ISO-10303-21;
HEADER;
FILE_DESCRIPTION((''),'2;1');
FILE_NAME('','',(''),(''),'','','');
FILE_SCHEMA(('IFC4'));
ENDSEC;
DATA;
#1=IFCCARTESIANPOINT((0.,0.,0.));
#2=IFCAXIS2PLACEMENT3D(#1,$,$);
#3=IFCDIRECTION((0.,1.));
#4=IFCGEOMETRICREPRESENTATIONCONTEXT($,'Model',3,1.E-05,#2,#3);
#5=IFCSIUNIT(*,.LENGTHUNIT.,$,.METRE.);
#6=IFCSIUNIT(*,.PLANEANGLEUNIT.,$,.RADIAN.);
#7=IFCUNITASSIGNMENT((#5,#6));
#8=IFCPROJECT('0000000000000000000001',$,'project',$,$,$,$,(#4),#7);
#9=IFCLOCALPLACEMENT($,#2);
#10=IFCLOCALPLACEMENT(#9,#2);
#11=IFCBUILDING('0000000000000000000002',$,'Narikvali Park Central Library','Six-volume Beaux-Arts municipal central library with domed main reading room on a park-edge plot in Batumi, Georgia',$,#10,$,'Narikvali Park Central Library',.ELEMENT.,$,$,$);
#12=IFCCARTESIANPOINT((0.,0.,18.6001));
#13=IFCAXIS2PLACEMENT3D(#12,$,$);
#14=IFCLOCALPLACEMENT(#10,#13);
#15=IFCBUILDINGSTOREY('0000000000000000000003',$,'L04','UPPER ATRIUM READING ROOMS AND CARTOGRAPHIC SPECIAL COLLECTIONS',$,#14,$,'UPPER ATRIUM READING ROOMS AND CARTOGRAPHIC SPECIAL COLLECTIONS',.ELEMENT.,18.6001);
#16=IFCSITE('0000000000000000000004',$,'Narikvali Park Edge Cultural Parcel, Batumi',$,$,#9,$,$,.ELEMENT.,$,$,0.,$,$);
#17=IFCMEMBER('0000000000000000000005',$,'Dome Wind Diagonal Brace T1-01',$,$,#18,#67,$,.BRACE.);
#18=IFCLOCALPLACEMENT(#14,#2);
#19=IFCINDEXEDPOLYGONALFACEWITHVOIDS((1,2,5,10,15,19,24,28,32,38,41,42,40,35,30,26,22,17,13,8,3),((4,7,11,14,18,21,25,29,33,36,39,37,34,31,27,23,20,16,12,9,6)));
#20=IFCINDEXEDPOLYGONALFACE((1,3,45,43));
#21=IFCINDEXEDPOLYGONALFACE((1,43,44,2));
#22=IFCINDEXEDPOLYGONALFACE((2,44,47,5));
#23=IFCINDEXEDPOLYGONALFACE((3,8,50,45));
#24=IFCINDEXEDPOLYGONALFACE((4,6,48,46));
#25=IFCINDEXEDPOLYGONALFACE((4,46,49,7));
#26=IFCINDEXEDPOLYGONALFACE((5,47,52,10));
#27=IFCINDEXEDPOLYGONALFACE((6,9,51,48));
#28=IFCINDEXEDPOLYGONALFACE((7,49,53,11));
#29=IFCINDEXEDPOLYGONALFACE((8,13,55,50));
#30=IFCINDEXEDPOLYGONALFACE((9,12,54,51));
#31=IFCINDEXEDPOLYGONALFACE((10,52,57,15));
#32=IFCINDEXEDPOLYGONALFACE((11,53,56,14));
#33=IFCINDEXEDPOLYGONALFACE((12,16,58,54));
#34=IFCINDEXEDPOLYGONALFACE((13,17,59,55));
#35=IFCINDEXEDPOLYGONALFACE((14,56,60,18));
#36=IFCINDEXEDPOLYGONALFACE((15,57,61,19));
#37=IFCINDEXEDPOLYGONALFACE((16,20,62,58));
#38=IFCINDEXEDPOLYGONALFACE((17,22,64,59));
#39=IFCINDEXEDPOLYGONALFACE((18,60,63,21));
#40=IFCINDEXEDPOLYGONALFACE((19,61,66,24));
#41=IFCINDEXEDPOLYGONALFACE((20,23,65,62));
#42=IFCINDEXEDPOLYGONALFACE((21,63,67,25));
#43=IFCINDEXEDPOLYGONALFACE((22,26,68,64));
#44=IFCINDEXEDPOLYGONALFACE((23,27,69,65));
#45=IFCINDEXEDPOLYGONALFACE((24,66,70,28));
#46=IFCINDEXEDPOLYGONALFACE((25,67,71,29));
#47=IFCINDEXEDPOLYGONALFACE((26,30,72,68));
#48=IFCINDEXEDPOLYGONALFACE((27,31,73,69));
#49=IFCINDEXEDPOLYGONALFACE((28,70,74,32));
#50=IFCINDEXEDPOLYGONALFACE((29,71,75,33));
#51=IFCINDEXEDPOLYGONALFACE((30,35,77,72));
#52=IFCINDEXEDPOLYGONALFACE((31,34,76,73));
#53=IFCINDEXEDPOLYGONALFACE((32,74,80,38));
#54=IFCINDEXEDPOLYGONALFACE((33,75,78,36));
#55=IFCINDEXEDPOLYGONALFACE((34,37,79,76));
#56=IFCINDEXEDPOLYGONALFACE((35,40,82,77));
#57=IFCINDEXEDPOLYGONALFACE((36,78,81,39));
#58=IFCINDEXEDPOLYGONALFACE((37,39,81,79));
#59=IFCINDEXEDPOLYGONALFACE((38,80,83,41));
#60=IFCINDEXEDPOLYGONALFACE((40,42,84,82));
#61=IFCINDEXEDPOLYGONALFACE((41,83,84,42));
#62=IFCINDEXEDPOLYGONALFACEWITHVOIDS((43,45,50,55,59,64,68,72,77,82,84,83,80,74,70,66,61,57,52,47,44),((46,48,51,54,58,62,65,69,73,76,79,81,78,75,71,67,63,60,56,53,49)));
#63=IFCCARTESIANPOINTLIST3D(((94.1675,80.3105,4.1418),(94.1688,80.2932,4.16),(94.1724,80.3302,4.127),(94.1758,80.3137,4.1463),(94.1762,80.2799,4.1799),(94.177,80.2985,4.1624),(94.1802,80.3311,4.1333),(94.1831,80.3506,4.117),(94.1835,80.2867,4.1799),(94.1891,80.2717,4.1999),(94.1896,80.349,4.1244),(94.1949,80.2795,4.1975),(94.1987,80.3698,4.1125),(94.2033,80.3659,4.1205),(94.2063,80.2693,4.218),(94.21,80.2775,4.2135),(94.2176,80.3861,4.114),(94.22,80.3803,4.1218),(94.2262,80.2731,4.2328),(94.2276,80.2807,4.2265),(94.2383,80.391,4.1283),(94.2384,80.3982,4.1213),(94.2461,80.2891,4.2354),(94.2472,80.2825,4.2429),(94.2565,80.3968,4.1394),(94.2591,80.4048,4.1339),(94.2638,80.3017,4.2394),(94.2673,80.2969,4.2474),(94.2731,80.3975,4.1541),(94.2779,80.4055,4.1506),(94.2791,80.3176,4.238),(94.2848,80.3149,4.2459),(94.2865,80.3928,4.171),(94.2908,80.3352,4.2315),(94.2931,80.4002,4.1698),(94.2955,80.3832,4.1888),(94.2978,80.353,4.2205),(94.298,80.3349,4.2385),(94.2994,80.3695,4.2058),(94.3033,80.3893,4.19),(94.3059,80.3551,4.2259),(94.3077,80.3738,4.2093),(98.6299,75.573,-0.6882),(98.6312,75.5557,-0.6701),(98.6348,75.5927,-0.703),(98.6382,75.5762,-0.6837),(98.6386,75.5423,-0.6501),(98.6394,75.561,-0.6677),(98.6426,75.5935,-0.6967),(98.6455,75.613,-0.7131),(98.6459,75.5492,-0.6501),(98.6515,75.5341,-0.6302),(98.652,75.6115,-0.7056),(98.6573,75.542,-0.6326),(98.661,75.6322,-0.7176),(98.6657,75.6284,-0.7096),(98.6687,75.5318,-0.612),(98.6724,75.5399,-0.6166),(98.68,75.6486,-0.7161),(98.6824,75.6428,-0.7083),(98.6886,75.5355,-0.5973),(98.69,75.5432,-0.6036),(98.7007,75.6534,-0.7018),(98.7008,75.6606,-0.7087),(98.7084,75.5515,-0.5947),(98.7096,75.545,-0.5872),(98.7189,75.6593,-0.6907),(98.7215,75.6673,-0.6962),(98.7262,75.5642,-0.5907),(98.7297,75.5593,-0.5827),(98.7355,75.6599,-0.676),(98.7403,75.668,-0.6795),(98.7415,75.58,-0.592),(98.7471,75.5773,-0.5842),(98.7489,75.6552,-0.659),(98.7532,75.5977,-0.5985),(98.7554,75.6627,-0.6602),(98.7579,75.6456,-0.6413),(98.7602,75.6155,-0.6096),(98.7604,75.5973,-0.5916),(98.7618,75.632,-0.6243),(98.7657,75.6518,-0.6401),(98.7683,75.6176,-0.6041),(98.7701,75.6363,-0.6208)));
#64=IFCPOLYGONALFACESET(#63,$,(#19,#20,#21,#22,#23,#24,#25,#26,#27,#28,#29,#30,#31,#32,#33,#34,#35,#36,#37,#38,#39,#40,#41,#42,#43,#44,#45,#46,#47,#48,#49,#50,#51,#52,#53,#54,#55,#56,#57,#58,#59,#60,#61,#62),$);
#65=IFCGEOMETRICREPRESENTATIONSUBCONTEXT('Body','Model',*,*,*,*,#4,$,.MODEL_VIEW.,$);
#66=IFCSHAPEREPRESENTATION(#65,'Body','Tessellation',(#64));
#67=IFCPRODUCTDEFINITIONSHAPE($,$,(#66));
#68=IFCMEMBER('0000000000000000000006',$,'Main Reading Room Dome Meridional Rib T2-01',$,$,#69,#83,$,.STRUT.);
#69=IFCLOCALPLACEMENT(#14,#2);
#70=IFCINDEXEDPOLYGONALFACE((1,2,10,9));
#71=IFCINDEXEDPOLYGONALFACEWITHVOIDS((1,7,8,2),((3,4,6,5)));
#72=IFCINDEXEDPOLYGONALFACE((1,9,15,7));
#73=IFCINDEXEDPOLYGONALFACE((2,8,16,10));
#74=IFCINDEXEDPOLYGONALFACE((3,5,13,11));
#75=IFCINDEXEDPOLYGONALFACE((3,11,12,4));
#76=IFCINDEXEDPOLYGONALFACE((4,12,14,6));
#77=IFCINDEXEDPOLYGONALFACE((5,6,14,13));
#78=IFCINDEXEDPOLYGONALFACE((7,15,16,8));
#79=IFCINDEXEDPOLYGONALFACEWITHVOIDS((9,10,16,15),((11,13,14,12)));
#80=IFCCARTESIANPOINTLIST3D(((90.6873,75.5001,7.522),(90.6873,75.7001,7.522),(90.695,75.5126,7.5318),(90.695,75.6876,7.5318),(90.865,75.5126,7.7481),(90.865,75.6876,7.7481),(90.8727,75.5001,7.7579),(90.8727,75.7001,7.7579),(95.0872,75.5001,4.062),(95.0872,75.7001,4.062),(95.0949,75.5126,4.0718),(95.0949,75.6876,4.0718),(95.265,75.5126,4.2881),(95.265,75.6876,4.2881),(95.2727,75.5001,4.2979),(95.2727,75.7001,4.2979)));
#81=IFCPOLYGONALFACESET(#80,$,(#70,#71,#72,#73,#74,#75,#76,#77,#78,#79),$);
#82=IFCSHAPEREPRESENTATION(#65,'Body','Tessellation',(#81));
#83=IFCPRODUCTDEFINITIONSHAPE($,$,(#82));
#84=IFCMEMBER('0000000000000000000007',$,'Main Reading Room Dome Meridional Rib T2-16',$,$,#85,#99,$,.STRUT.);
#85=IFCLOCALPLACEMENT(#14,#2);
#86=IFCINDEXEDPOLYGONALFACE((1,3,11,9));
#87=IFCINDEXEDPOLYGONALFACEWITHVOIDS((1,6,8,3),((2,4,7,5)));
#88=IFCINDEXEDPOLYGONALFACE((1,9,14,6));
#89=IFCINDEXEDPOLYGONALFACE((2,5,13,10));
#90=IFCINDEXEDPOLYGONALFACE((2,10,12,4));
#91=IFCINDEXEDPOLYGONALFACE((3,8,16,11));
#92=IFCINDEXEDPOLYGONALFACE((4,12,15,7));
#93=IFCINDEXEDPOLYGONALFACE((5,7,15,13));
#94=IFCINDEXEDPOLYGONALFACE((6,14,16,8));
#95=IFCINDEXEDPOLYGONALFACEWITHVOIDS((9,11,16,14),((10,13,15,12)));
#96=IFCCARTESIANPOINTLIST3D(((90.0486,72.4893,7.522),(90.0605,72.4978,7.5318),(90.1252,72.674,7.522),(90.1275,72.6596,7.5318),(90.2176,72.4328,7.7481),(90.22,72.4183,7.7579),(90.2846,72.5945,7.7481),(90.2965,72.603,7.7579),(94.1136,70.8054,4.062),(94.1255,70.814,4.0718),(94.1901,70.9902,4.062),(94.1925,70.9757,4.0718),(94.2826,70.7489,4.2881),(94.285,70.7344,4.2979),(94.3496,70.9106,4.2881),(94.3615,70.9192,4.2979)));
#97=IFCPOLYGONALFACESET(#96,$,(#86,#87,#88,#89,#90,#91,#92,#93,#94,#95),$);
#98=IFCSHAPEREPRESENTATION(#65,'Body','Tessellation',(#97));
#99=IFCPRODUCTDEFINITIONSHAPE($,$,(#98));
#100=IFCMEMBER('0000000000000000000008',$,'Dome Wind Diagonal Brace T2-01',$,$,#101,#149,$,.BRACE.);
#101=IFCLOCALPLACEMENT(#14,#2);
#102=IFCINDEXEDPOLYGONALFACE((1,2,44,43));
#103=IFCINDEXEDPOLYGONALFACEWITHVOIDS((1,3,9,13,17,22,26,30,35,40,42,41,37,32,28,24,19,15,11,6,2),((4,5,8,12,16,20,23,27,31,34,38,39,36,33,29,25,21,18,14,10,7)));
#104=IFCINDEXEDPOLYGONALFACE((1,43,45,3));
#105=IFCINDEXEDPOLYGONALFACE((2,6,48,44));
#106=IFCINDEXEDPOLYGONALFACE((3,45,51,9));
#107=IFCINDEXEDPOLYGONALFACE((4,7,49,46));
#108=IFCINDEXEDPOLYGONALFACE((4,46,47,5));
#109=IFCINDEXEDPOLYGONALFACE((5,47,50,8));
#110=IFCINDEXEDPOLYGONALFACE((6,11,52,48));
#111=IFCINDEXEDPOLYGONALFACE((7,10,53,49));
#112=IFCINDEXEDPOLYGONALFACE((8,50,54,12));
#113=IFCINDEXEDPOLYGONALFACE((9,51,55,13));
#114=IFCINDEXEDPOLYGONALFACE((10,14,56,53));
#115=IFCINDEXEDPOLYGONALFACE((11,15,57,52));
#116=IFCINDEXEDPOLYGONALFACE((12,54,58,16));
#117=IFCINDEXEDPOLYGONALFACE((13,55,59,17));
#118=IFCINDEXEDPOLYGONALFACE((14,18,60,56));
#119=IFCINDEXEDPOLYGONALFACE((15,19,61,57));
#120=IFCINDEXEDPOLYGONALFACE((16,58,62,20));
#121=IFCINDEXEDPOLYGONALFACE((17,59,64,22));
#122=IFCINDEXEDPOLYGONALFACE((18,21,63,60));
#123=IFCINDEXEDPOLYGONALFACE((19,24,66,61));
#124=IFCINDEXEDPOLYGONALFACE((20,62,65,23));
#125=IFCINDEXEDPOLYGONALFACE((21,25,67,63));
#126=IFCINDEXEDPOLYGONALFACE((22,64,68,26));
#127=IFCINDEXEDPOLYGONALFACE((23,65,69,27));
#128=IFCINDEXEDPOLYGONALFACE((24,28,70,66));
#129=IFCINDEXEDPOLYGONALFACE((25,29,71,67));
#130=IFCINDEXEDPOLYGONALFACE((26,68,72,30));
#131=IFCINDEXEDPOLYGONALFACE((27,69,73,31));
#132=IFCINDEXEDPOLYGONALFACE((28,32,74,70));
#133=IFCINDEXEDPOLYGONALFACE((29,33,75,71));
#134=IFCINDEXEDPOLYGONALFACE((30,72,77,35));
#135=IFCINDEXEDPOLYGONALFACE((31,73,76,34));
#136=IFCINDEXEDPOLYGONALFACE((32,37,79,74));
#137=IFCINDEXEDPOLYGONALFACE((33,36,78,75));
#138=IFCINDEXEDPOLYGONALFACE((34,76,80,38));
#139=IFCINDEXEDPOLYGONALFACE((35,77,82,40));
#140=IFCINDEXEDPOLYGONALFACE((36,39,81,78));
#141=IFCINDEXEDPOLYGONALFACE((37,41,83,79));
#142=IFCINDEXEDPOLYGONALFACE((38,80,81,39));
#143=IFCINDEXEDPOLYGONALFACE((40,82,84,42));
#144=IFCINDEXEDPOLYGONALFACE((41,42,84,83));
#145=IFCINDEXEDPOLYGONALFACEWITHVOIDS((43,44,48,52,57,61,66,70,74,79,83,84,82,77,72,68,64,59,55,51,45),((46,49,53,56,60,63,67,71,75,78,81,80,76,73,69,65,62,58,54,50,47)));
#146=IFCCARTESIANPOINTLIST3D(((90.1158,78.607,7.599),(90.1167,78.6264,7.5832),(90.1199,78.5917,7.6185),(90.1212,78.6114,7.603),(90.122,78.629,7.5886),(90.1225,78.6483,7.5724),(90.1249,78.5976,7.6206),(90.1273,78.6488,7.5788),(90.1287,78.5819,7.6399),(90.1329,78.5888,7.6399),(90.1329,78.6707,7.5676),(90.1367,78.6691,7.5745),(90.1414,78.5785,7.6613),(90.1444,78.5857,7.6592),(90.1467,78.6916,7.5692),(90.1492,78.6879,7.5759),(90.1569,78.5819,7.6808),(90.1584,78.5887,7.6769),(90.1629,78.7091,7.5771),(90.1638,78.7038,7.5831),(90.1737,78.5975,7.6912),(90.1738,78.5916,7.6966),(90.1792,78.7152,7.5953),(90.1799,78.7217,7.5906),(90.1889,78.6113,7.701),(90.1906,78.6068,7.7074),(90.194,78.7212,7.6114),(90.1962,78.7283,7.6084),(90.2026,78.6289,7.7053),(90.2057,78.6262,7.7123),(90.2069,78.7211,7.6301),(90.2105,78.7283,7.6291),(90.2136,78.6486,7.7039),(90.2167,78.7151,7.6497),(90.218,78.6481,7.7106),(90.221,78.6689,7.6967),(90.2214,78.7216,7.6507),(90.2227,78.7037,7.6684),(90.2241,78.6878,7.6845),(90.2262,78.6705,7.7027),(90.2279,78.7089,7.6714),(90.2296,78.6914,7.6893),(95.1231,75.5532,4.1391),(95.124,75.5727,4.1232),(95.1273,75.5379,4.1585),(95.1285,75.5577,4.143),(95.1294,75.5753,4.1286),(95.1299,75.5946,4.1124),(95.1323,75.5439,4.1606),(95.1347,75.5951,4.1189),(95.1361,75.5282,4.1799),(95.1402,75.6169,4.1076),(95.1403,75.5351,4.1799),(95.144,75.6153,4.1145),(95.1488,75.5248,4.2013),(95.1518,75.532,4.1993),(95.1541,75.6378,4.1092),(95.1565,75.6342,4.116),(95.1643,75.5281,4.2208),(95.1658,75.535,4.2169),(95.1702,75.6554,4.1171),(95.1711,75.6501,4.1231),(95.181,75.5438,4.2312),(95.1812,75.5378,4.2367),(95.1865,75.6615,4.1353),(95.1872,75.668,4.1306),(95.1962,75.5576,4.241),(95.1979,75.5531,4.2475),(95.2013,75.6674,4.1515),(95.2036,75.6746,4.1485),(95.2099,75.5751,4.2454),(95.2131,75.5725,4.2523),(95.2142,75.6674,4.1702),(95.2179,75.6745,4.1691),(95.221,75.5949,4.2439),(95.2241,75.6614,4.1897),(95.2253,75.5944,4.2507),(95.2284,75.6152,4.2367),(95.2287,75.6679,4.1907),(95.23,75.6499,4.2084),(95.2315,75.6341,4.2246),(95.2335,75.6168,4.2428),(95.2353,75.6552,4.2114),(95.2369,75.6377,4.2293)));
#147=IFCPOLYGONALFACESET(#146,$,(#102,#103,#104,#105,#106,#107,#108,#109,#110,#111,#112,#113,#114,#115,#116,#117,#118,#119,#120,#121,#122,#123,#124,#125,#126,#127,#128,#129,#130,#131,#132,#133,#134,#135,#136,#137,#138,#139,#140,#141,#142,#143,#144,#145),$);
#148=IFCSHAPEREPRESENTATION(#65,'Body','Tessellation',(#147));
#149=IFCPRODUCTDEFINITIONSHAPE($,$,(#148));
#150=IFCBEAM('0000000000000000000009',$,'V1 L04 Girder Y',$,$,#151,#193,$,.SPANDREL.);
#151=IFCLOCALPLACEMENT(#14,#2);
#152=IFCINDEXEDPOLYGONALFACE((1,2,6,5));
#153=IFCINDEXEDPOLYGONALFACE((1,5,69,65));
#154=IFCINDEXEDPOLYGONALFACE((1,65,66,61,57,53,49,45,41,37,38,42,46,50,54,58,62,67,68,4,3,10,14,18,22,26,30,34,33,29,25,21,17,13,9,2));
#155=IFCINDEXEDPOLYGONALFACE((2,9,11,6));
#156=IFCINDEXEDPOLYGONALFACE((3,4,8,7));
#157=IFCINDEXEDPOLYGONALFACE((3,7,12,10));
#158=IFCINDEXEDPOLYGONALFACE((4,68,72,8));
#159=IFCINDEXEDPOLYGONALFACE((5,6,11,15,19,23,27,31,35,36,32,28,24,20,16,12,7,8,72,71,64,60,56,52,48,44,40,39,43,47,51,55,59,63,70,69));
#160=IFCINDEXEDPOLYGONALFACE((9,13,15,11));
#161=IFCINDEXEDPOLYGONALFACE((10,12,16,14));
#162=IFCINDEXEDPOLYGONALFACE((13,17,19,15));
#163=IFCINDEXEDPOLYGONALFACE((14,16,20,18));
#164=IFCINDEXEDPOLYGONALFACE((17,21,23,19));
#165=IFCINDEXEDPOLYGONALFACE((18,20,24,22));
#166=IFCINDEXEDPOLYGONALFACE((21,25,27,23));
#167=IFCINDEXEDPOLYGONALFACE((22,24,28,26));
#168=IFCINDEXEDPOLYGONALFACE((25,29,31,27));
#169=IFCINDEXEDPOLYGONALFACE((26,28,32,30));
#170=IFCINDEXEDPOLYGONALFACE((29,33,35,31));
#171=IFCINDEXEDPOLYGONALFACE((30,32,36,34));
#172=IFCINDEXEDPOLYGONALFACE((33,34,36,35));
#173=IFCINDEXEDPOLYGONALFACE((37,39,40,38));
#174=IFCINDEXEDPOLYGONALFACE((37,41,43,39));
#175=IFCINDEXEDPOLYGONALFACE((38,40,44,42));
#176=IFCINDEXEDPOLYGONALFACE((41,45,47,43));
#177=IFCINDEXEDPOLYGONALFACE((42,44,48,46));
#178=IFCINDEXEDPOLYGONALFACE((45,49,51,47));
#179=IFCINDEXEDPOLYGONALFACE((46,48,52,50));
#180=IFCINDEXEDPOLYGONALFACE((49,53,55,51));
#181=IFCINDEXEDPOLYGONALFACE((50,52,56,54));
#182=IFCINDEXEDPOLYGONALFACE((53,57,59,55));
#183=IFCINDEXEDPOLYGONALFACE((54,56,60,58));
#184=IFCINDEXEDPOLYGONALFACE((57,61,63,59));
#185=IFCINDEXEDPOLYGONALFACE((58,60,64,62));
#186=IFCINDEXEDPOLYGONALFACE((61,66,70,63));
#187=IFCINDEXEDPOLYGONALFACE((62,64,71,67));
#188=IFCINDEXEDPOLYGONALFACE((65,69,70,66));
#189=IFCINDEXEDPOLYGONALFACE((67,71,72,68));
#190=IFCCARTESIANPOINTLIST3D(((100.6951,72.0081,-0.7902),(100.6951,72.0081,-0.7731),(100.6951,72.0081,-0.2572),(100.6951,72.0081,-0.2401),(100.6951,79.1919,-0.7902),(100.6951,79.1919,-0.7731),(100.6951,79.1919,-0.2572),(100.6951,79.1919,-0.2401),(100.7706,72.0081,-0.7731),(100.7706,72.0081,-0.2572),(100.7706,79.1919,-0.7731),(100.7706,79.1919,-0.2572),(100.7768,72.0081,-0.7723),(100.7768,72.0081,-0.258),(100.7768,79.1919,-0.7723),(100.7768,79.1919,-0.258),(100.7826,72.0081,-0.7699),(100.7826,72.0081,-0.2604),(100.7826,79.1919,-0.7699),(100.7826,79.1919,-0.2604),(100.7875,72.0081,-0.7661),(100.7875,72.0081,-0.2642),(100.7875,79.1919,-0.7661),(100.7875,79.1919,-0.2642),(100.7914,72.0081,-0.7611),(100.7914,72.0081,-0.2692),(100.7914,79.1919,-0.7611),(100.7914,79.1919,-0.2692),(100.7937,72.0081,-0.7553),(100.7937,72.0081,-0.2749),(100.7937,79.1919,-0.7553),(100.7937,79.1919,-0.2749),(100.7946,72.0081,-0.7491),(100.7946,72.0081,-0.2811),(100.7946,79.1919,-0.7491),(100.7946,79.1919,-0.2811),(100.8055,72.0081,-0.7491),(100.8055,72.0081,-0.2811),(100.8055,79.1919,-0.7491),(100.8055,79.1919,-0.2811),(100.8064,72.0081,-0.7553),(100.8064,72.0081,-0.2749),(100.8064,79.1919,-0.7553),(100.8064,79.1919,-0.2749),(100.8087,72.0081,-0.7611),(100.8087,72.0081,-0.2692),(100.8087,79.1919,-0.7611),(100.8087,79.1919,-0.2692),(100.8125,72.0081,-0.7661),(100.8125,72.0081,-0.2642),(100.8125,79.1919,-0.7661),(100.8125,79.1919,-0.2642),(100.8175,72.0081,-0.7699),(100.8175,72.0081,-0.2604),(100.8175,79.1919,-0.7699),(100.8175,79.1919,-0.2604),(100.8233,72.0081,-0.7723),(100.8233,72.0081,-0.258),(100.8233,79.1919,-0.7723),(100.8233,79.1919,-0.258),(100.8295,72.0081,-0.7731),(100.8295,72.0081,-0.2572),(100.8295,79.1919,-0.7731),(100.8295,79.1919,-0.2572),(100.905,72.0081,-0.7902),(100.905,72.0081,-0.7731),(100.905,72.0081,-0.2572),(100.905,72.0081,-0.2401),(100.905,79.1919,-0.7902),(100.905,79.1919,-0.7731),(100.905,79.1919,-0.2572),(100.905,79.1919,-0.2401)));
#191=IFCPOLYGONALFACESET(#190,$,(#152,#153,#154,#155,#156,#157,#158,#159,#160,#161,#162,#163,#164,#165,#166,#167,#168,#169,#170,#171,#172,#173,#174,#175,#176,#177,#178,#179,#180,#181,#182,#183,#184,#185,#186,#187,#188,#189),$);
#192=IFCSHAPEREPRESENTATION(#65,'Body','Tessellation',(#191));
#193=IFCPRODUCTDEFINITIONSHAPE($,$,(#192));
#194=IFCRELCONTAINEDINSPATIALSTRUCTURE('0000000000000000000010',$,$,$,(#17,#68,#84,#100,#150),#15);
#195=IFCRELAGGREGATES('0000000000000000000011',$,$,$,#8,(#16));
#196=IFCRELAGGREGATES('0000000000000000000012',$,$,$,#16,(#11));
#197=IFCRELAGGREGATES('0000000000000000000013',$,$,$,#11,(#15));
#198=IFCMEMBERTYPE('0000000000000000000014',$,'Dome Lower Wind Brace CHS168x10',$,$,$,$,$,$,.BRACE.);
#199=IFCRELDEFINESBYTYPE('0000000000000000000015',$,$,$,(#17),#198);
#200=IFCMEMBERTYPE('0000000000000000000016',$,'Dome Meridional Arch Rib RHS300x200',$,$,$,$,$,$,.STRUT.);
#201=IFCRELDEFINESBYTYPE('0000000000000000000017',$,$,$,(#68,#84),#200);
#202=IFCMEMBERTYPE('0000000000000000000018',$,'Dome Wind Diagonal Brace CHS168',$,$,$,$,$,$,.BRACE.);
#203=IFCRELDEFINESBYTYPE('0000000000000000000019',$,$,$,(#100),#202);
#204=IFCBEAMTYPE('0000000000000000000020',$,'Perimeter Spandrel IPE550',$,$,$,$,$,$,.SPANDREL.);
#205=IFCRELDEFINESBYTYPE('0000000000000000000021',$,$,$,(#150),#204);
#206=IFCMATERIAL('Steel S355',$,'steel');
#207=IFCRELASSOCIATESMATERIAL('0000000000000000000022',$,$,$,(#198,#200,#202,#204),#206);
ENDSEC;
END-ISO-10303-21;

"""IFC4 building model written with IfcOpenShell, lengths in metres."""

from ifc_helpers import new_model, si_unit, direction, frame, origin, origin_2d, place, context, subcontext, project, spatial, hollow_rectangle, hollow_circle, i_section, extrude, material, material_profile, profile_set, type_object, element, save


model = new_model("IFC4")

# Units and contexts
model_context = context("Model", 3, precision=1e-05, world=origin(), true_north=direction((0.0, 1.0)))
body_context = subcontext(model_context, "Body", "Model", "MODEL_VIEW")
ifc_project = project(units=[si_unit("LENGTHUNIT", "METRE"), si_unit("PLANEANGLEUNIT", "RADIAN")], contexts=[model_context])

# Site, building, storey
site_placement = place(None, origin())
site = spatial("IfcSite", under=ifc_project, at=site_placement, Name="Narikvali Park Edge Cultural Parcel, Batumi", CompositionType="ELEMENT", RefElevation=0.0)
building_placement = place(site_placement, origin())
building = spatial("IfcBuilding", under=site, at=building_placement, Name="Narikvali Park Central Library", Description="Six-volume Beaux-Arts municipal central library with domed main reading room on a park-edge plot in Batumi, Georgia", LongName="Narikvali Park Central Library", CompositionType="ELEMENT")
storey_placement = place(building_placement, frame((0.0, 0.0, 18.6001)))
storey = spatial("IfcBuildingStorey", under=building, at=storey_placement, Name="L04", Description="UPPER ATRIUM READING ROOMS AND CARTOGRAPHIC SPECIAL COLLECTIONS", LongName="UPPER ATRIUM READING ROOMS AND CARTOGRAPHIC SPECIAL COLLECTIONS", CompositionType="ELEMENT", Elevation=18.6001)

# Shared definitions
ifc_material_1 = material(Name="Steel S355", Category="steel")

# Members
ifc_material_profile_1 = material_profile(ifc_material_1, hollow_circle(Radius=0.0842, WallThickness=0.01, at=origin_2d()), Name="CHS 168.3x10")
ifc_profile_set_1 = profile_set([ifc_material_profile_1], Name="Steel S355")
member_type_1 = type_object("IfcMemberType", Name="Dome Lower Wind Brace CHS168x10", PredefinedType="BRACE", material=ifc_profile_set_1)
member_1_placement = place(storey_placement, frame((98.7, 75.6001, -0.6501), z_axis=(-0.550591, 0.584539, 0.595956), x_axis=(-0.727929, -0.685652, 0.0)))
element("IfcMember", 1, at=member_1_placement, inside=storey, type_object=member_type_1, Name="Dome Wind Diagonal Brace T1-01", PredefinedType="BRACE", context=body_context, shape_type="SweptSolid", body=[
    extrude(hollow_circle(Radius=0.0842, WallThickness=0.01, at=origin_2d()), origin(), (0.0, 0.0, 1.0), 8.1047),
])
ifc_material_profile_2 = material_profile(ifc_material_1, hollow_rectangle(XDim=0.2, YDim=0.3, WallThickness=0.0125, at=origin_2d()), Name="RHS 300x200x12.5")
ifc_profile_set_2 = profile_set([ifc_material_profile_2], Name="Steel S355")
member_type_2 = type_object("IfcMemberType", Name="Dome Meridional Arch Rib RHS300x200", PredefinedType="STRUT", material=ifc_profile_set_2)
for number, where, z_axis, x_axis, name in (
    (2, (95.1799, 75.6001, 4.1799), (-0.786067, 0.0, 0.618141), (0.0, -1.0, 0.0), "Main Reading Room Dome Meridional Rib T2-01"),
    (3, (94.2375, 70.8623, 4.1799), (-0.726225, 0.300827, 0.618142), (-0.3827, -0.923873, 0.0), "Main Reading Room Dome Meridional Rib T2-16"),
):
    element("IfcMember", number, at=place(storey_placement, frame(where, z_axis=z_axis, x_axis=x_axis)), inside=storey, type_object=member_type_2, Name=name, PredefinedType="STRUT", context=body_context, shape_type="SweptSolid", body=[
        extrude(hollow_rectangle(XDim=0.2, YDim=0.3, WallThickness=0.0125, at=origin_2d()), origin(), (0.0, 0.0, 1.0), 5.5974),
    ])
ifc_material_profile_3 = material_profile(ifc_material_1, hollow_circle(Radius=0.0842, WallThickness=0.0081, at=origin_2d()), Name="CHS 168.3x8")
ifc_profile_set_3 = profile_set([ifc_material_profile_3], Name="Steel S355")
member_type_3 = type_object("IfcMemberType", Name="Dome Wind Diagonal Brace CHS168", PredefinedType="BRACE", material=ifc_profile_set_3)
member_2_placement = place(storey_placement, frame((95.1799, 75.6001, 4.1799), z_axis=(-0.73534, 0.448446, 0.508105), x_axis=(-0.520665, -0.853761, 0.0)))
element("IfcMember", 4, at=member_2_placement, inside=storey, type_object=member_type_3, Name="Dome Wind Diagonal Brace T2-01", PredefinedType="BRACE", context=body_context, shape_type="SweptSolid", body=[
    extrude(hollow_circle(Radius=0.0842, WallThickness=0.0081, at=origin_2d()), origin(), (0.0, 0.0, 1.0), 6.8096),
])

# Beam
ifc_material_profile_4 = material_profile(ifc_material_1, i_section(OverallWidth=0.21, OverallDepth=0.55, WebThickness=0.011, FlangeThickness=0.0171, FilletRadius=0.0239, at=origin_2d()), Name="IPE 550")
ifc_profile_set_4 = profile_set([ifc_material_profile_4], Name="Steel S355")
beam_type_1 = type_object("IfcBeamType", Name="Perimeter Spandrel IPE550", PredefinedType="SPANDREL", material=ifc_profile_set_4)
beam_1_placement = place(storey_placement, frame((100.8, 72.0081, -0.5151), z_axis=(0.0, 1.0, 0.0), x_axis=(-1.0, 0.0, 0.0)))
element("IfcBeam", 5, at=beam_1_placement, inside=storey, type_object=beam_type_1, Name="V1 L04 Girder Y", PredefinedType="SPANDREL", context=body_context, shape_type="SweptSolid", body=[
    extrude(i_section(OverallWidth=0.21, OverallDepth=0.55, WebThickness=0.011, FlangeThickness=0.0171, FilletRadius=0.0239, at=origin_2d()), origin(), (0.0, 0.0, 1.0), 7.1838),
])

save(model, "model.ifc")
